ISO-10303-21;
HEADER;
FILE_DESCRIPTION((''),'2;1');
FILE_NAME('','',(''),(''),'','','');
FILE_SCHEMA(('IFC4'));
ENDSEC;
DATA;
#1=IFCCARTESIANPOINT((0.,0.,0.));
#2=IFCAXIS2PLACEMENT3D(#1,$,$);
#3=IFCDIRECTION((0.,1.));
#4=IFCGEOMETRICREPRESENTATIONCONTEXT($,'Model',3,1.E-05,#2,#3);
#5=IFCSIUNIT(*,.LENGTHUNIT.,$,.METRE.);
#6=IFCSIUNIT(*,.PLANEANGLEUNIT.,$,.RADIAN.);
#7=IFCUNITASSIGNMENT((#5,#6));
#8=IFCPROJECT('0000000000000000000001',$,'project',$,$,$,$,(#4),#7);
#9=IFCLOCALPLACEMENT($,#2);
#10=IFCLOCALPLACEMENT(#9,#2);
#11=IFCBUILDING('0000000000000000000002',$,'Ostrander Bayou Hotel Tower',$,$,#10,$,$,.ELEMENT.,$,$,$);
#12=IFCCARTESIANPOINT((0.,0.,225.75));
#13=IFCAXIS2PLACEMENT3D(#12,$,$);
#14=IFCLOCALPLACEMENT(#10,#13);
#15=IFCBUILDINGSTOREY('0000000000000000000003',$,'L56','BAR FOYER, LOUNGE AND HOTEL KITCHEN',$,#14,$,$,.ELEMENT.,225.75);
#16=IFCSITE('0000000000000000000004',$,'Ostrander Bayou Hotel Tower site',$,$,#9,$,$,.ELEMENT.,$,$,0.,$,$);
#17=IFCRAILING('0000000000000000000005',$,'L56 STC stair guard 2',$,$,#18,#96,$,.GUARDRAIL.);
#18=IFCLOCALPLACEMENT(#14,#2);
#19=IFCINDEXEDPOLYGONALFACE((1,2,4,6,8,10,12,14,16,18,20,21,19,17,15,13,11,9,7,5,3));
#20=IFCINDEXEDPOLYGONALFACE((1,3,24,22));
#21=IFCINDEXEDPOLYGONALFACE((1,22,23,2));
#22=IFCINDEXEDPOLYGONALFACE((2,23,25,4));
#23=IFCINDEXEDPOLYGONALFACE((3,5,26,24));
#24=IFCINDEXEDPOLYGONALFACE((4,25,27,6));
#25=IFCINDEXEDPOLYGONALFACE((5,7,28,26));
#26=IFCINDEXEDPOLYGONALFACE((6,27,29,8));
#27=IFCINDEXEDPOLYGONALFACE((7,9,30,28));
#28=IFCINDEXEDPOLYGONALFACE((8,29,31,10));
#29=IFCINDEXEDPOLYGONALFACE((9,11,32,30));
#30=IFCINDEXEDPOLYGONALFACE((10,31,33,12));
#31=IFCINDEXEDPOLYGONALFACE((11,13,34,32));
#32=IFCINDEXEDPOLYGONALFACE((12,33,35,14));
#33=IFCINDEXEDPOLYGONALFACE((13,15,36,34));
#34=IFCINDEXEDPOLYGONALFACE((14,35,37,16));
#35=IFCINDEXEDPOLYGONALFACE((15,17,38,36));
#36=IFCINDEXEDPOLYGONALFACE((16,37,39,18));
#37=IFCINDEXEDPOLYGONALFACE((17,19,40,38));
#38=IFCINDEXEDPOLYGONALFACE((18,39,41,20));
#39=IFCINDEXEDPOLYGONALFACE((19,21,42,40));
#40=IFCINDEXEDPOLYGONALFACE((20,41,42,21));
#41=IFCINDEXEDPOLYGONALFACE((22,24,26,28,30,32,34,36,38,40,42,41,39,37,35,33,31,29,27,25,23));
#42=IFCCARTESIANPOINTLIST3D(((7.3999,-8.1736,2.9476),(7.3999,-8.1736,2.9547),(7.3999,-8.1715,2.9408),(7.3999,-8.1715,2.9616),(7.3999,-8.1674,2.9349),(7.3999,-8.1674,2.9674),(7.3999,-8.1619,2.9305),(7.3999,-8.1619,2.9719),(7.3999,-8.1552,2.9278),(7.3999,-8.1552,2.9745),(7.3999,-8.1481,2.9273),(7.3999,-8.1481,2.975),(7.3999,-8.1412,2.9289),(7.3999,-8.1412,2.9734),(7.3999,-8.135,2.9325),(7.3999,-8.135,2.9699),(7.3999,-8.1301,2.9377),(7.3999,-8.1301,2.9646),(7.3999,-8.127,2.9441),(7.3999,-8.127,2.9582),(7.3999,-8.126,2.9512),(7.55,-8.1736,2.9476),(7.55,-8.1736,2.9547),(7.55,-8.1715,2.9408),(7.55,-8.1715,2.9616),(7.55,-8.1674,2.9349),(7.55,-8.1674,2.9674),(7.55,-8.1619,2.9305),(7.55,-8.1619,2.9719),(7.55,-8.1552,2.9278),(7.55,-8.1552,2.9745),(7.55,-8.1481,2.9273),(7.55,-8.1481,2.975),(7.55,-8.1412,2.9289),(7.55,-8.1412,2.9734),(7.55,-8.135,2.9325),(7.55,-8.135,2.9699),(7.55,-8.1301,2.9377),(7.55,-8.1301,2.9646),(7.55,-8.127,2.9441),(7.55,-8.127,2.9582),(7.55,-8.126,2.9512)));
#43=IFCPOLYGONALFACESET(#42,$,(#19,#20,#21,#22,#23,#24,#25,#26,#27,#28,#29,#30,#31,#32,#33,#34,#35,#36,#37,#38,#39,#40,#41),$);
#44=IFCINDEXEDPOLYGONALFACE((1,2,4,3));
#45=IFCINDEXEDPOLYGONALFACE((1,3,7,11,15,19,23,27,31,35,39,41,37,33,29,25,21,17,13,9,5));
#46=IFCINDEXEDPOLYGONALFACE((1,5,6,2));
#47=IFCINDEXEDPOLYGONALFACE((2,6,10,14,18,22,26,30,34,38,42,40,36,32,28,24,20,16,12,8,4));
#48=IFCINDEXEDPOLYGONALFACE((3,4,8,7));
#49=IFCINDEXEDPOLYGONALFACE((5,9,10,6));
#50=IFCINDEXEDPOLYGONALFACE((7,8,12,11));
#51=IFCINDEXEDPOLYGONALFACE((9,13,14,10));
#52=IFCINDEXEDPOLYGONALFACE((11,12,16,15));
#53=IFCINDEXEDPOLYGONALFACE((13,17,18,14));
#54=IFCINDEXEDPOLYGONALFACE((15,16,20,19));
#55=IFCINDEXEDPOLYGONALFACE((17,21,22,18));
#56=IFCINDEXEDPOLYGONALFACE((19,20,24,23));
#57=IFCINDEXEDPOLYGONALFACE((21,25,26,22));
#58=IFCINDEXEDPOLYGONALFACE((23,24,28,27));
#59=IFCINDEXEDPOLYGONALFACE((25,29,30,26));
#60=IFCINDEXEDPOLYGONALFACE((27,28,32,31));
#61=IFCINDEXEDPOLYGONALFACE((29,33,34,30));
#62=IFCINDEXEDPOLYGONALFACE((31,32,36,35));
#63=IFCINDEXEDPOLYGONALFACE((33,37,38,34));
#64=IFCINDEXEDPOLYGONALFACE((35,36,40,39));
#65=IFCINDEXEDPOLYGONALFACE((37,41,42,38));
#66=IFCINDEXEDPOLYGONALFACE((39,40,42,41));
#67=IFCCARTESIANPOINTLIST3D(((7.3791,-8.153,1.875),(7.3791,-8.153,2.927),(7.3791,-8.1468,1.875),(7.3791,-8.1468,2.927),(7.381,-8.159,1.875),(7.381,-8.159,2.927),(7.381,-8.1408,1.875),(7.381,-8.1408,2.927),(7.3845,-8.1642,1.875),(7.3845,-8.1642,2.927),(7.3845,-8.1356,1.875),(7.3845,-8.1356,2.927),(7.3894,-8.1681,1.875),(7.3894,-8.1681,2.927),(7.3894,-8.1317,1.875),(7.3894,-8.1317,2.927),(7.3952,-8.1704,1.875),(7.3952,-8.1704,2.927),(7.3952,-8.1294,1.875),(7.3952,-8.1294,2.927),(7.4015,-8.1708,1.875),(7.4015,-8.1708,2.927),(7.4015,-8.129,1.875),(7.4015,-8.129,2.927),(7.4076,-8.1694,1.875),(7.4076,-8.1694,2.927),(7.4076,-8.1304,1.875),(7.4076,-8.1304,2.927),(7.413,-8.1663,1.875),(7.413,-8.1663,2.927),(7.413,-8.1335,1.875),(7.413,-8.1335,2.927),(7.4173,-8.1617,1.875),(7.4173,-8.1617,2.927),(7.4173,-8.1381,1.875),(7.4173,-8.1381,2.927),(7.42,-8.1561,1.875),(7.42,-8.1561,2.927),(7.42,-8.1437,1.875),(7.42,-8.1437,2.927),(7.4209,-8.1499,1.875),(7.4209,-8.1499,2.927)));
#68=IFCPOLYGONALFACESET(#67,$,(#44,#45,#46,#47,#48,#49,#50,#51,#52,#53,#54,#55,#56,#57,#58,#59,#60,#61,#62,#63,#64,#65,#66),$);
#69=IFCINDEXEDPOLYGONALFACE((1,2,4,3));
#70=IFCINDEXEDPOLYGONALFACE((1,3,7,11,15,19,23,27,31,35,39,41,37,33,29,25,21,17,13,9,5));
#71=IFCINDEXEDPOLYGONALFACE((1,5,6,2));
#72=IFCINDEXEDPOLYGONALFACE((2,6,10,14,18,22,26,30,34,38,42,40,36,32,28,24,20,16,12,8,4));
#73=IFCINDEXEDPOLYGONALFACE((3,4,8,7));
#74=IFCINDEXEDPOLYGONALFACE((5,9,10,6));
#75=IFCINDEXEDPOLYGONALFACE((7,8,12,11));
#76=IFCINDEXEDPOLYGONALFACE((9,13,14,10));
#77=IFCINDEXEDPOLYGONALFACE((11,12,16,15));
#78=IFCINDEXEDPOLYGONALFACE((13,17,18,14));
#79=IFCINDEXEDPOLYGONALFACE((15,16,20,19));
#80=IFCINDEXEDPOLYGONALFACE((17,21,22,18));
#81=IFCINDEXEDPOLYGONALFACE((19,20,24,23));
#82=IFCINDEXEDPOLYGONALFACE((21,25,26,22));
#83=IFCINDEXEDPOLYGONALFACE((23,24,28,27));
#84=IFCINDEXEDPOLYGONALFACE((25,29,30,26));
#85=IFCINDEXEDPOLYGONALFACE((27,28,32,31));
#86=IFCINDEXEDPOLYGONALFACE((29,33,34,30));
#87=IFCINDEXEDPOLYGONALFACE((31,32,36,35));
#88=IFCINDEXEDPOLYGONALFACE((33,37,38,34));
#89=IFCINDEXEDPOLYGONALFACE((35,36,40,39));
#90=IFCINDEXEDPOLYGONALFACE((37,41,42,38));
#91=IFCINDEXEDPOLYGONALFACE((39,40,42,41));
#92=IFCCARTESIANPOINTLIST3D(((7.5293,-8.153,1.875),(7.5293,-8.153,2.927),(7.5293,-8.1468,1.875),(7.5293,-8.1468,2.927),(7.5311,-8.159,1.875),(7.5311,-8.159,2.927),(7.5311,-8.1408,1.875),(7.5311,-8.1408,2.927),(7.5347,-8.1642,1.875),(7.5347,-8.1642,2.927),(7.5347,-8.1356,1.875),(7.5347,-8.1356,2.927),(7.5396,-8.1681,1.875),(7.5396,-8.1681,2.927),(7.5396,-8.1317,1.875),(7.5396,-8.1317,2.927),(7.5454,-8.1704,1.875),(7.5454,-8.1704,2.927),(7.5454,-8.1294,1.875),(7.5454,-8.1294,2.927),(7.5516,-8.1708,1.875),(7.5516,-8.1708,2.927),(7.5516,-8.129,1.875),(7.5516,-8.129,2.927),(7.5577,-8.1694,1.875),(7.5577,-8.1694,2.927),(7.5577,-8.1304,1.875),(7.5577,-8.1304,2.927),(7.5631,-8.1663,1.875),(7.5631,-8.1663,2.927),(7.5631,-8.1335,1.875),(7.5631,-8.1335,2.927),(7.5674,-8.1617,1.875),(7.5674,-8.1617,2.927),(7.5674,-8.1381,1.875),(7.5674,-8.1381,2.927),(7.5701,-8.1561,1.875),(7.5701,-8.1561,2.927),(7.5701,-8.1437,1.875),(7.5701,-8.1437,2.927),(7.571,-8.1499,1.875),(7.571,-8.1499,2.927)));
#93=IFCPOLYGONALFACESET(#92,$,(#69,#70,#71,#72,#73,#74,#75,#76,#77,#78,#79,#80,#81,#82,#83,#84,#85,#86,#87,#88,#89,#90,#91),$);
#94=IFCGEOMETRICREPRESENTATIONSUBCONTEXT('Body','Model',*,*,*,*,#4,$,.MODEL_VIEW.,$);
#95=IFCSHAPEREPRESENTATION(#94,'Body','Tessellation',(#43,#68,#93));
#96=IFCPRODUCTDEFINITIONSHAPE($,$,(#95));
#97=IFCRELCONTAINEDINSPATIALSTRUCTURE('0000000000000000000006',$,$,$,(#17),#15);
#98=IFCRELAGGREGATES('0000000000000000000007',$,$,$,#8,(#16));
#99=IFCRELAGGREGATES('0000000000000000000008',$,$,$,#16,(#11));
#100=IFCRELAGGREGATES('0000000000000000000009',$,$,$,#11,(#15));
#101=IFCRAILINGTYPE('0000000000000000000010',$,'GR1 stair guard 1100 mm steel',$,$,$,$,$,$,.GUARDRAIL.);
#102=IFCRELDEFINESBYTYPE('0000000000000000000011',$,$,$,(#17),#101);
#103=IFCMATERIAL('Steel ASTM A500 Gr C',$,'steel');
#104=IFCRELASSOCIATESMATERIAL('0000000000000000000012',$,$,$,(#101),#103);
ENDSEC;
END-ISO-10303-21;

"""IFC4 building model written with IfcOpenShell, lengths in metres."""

from ifc_helpers import new_model, si_unit, direction, frame, origin, origin_2d, place, context, subcontext, project, spatial, circle, extrude, material, type_object, element, save


model = new_model("IFC4")

# Units and contexts
model_context = context("Model", 3, precision=1e-05, world=origin(), true_north=direction((0.0, 1.0)))
body_context = subcontext(model_context, "Body", "Model", "MODEL_VIEW")
ifc_project = project(units=[si_unit("LENGTHUNIT", "METRE"), si_unit("PLANEANGLEUNIT", "RADIAN")], contexts=[model_context])

# Site, building, storey
site_placement = place(None, origin())
site = spatial("IfcSite", under=ifc_project, at=site_placement, Name="Ostrander Bayou Hotel Tower site", CompositionType="ELEMENT", RefElevation=0.0)
building_placement = place(site_placement, origin())
building = spatial("IfcBuilding", under=site, at=building_placement, Name="Ostrander Bayou Hotel Tower", CompositionType="ELEMENT")
storey_placement = place(building_placement, frame((0.0, 0.0, 225.75)))
storey = spatial("IfcBuildingStorey", under=building, at=storey_placement, Name="L56", Description="BAR FOYER, LOUNGE AND HOTEL KITCHEN", CompositionType="ELEMENT", Elevation=225.75)

# Railing
ifc_material_1 = material(Name="Steel ASTM A500 Gr C", Category="steel")
railing_type_1 = type_object("IfcRailingType", Name="GR1 stair guard 1100 mm steel", PredefinedType="GUARDRAIL", material=ifc_material_1)
railing_1_placement = place(storey_placement, frame((7.3999, -8.1499, 1.875)))
element("IfcRailing", 1, at=railing_1_placement, inside=storey, type_object=railing_type_1, Name="L56 STC stair guard 2", PredefinedType="GUARDRAIL", context=body_context, shape_type="SweptSolid", body=[
    extrude(circle(Radius=0.0239, at=origin_2d()), frame((0.0, 0.0, 1.0762), z_axis=(1.0, 0.0, 0.0), x_axis=(0.0, 1.0, 0.0)), (0.0, 0.0, 1.0), 0.1501),
    extrude(circle(Radius=0.021, at=origin_2d()), origin(), (0.0, 0.0, 1.0), 1.052),
    extrude(circle(Radius=0.021, at=origin_2d()), frame((0.1501, 0.0, 0.0)), (0.0, 0.0, 1.0), 1.052),
])

save(model, "model.ifc")
